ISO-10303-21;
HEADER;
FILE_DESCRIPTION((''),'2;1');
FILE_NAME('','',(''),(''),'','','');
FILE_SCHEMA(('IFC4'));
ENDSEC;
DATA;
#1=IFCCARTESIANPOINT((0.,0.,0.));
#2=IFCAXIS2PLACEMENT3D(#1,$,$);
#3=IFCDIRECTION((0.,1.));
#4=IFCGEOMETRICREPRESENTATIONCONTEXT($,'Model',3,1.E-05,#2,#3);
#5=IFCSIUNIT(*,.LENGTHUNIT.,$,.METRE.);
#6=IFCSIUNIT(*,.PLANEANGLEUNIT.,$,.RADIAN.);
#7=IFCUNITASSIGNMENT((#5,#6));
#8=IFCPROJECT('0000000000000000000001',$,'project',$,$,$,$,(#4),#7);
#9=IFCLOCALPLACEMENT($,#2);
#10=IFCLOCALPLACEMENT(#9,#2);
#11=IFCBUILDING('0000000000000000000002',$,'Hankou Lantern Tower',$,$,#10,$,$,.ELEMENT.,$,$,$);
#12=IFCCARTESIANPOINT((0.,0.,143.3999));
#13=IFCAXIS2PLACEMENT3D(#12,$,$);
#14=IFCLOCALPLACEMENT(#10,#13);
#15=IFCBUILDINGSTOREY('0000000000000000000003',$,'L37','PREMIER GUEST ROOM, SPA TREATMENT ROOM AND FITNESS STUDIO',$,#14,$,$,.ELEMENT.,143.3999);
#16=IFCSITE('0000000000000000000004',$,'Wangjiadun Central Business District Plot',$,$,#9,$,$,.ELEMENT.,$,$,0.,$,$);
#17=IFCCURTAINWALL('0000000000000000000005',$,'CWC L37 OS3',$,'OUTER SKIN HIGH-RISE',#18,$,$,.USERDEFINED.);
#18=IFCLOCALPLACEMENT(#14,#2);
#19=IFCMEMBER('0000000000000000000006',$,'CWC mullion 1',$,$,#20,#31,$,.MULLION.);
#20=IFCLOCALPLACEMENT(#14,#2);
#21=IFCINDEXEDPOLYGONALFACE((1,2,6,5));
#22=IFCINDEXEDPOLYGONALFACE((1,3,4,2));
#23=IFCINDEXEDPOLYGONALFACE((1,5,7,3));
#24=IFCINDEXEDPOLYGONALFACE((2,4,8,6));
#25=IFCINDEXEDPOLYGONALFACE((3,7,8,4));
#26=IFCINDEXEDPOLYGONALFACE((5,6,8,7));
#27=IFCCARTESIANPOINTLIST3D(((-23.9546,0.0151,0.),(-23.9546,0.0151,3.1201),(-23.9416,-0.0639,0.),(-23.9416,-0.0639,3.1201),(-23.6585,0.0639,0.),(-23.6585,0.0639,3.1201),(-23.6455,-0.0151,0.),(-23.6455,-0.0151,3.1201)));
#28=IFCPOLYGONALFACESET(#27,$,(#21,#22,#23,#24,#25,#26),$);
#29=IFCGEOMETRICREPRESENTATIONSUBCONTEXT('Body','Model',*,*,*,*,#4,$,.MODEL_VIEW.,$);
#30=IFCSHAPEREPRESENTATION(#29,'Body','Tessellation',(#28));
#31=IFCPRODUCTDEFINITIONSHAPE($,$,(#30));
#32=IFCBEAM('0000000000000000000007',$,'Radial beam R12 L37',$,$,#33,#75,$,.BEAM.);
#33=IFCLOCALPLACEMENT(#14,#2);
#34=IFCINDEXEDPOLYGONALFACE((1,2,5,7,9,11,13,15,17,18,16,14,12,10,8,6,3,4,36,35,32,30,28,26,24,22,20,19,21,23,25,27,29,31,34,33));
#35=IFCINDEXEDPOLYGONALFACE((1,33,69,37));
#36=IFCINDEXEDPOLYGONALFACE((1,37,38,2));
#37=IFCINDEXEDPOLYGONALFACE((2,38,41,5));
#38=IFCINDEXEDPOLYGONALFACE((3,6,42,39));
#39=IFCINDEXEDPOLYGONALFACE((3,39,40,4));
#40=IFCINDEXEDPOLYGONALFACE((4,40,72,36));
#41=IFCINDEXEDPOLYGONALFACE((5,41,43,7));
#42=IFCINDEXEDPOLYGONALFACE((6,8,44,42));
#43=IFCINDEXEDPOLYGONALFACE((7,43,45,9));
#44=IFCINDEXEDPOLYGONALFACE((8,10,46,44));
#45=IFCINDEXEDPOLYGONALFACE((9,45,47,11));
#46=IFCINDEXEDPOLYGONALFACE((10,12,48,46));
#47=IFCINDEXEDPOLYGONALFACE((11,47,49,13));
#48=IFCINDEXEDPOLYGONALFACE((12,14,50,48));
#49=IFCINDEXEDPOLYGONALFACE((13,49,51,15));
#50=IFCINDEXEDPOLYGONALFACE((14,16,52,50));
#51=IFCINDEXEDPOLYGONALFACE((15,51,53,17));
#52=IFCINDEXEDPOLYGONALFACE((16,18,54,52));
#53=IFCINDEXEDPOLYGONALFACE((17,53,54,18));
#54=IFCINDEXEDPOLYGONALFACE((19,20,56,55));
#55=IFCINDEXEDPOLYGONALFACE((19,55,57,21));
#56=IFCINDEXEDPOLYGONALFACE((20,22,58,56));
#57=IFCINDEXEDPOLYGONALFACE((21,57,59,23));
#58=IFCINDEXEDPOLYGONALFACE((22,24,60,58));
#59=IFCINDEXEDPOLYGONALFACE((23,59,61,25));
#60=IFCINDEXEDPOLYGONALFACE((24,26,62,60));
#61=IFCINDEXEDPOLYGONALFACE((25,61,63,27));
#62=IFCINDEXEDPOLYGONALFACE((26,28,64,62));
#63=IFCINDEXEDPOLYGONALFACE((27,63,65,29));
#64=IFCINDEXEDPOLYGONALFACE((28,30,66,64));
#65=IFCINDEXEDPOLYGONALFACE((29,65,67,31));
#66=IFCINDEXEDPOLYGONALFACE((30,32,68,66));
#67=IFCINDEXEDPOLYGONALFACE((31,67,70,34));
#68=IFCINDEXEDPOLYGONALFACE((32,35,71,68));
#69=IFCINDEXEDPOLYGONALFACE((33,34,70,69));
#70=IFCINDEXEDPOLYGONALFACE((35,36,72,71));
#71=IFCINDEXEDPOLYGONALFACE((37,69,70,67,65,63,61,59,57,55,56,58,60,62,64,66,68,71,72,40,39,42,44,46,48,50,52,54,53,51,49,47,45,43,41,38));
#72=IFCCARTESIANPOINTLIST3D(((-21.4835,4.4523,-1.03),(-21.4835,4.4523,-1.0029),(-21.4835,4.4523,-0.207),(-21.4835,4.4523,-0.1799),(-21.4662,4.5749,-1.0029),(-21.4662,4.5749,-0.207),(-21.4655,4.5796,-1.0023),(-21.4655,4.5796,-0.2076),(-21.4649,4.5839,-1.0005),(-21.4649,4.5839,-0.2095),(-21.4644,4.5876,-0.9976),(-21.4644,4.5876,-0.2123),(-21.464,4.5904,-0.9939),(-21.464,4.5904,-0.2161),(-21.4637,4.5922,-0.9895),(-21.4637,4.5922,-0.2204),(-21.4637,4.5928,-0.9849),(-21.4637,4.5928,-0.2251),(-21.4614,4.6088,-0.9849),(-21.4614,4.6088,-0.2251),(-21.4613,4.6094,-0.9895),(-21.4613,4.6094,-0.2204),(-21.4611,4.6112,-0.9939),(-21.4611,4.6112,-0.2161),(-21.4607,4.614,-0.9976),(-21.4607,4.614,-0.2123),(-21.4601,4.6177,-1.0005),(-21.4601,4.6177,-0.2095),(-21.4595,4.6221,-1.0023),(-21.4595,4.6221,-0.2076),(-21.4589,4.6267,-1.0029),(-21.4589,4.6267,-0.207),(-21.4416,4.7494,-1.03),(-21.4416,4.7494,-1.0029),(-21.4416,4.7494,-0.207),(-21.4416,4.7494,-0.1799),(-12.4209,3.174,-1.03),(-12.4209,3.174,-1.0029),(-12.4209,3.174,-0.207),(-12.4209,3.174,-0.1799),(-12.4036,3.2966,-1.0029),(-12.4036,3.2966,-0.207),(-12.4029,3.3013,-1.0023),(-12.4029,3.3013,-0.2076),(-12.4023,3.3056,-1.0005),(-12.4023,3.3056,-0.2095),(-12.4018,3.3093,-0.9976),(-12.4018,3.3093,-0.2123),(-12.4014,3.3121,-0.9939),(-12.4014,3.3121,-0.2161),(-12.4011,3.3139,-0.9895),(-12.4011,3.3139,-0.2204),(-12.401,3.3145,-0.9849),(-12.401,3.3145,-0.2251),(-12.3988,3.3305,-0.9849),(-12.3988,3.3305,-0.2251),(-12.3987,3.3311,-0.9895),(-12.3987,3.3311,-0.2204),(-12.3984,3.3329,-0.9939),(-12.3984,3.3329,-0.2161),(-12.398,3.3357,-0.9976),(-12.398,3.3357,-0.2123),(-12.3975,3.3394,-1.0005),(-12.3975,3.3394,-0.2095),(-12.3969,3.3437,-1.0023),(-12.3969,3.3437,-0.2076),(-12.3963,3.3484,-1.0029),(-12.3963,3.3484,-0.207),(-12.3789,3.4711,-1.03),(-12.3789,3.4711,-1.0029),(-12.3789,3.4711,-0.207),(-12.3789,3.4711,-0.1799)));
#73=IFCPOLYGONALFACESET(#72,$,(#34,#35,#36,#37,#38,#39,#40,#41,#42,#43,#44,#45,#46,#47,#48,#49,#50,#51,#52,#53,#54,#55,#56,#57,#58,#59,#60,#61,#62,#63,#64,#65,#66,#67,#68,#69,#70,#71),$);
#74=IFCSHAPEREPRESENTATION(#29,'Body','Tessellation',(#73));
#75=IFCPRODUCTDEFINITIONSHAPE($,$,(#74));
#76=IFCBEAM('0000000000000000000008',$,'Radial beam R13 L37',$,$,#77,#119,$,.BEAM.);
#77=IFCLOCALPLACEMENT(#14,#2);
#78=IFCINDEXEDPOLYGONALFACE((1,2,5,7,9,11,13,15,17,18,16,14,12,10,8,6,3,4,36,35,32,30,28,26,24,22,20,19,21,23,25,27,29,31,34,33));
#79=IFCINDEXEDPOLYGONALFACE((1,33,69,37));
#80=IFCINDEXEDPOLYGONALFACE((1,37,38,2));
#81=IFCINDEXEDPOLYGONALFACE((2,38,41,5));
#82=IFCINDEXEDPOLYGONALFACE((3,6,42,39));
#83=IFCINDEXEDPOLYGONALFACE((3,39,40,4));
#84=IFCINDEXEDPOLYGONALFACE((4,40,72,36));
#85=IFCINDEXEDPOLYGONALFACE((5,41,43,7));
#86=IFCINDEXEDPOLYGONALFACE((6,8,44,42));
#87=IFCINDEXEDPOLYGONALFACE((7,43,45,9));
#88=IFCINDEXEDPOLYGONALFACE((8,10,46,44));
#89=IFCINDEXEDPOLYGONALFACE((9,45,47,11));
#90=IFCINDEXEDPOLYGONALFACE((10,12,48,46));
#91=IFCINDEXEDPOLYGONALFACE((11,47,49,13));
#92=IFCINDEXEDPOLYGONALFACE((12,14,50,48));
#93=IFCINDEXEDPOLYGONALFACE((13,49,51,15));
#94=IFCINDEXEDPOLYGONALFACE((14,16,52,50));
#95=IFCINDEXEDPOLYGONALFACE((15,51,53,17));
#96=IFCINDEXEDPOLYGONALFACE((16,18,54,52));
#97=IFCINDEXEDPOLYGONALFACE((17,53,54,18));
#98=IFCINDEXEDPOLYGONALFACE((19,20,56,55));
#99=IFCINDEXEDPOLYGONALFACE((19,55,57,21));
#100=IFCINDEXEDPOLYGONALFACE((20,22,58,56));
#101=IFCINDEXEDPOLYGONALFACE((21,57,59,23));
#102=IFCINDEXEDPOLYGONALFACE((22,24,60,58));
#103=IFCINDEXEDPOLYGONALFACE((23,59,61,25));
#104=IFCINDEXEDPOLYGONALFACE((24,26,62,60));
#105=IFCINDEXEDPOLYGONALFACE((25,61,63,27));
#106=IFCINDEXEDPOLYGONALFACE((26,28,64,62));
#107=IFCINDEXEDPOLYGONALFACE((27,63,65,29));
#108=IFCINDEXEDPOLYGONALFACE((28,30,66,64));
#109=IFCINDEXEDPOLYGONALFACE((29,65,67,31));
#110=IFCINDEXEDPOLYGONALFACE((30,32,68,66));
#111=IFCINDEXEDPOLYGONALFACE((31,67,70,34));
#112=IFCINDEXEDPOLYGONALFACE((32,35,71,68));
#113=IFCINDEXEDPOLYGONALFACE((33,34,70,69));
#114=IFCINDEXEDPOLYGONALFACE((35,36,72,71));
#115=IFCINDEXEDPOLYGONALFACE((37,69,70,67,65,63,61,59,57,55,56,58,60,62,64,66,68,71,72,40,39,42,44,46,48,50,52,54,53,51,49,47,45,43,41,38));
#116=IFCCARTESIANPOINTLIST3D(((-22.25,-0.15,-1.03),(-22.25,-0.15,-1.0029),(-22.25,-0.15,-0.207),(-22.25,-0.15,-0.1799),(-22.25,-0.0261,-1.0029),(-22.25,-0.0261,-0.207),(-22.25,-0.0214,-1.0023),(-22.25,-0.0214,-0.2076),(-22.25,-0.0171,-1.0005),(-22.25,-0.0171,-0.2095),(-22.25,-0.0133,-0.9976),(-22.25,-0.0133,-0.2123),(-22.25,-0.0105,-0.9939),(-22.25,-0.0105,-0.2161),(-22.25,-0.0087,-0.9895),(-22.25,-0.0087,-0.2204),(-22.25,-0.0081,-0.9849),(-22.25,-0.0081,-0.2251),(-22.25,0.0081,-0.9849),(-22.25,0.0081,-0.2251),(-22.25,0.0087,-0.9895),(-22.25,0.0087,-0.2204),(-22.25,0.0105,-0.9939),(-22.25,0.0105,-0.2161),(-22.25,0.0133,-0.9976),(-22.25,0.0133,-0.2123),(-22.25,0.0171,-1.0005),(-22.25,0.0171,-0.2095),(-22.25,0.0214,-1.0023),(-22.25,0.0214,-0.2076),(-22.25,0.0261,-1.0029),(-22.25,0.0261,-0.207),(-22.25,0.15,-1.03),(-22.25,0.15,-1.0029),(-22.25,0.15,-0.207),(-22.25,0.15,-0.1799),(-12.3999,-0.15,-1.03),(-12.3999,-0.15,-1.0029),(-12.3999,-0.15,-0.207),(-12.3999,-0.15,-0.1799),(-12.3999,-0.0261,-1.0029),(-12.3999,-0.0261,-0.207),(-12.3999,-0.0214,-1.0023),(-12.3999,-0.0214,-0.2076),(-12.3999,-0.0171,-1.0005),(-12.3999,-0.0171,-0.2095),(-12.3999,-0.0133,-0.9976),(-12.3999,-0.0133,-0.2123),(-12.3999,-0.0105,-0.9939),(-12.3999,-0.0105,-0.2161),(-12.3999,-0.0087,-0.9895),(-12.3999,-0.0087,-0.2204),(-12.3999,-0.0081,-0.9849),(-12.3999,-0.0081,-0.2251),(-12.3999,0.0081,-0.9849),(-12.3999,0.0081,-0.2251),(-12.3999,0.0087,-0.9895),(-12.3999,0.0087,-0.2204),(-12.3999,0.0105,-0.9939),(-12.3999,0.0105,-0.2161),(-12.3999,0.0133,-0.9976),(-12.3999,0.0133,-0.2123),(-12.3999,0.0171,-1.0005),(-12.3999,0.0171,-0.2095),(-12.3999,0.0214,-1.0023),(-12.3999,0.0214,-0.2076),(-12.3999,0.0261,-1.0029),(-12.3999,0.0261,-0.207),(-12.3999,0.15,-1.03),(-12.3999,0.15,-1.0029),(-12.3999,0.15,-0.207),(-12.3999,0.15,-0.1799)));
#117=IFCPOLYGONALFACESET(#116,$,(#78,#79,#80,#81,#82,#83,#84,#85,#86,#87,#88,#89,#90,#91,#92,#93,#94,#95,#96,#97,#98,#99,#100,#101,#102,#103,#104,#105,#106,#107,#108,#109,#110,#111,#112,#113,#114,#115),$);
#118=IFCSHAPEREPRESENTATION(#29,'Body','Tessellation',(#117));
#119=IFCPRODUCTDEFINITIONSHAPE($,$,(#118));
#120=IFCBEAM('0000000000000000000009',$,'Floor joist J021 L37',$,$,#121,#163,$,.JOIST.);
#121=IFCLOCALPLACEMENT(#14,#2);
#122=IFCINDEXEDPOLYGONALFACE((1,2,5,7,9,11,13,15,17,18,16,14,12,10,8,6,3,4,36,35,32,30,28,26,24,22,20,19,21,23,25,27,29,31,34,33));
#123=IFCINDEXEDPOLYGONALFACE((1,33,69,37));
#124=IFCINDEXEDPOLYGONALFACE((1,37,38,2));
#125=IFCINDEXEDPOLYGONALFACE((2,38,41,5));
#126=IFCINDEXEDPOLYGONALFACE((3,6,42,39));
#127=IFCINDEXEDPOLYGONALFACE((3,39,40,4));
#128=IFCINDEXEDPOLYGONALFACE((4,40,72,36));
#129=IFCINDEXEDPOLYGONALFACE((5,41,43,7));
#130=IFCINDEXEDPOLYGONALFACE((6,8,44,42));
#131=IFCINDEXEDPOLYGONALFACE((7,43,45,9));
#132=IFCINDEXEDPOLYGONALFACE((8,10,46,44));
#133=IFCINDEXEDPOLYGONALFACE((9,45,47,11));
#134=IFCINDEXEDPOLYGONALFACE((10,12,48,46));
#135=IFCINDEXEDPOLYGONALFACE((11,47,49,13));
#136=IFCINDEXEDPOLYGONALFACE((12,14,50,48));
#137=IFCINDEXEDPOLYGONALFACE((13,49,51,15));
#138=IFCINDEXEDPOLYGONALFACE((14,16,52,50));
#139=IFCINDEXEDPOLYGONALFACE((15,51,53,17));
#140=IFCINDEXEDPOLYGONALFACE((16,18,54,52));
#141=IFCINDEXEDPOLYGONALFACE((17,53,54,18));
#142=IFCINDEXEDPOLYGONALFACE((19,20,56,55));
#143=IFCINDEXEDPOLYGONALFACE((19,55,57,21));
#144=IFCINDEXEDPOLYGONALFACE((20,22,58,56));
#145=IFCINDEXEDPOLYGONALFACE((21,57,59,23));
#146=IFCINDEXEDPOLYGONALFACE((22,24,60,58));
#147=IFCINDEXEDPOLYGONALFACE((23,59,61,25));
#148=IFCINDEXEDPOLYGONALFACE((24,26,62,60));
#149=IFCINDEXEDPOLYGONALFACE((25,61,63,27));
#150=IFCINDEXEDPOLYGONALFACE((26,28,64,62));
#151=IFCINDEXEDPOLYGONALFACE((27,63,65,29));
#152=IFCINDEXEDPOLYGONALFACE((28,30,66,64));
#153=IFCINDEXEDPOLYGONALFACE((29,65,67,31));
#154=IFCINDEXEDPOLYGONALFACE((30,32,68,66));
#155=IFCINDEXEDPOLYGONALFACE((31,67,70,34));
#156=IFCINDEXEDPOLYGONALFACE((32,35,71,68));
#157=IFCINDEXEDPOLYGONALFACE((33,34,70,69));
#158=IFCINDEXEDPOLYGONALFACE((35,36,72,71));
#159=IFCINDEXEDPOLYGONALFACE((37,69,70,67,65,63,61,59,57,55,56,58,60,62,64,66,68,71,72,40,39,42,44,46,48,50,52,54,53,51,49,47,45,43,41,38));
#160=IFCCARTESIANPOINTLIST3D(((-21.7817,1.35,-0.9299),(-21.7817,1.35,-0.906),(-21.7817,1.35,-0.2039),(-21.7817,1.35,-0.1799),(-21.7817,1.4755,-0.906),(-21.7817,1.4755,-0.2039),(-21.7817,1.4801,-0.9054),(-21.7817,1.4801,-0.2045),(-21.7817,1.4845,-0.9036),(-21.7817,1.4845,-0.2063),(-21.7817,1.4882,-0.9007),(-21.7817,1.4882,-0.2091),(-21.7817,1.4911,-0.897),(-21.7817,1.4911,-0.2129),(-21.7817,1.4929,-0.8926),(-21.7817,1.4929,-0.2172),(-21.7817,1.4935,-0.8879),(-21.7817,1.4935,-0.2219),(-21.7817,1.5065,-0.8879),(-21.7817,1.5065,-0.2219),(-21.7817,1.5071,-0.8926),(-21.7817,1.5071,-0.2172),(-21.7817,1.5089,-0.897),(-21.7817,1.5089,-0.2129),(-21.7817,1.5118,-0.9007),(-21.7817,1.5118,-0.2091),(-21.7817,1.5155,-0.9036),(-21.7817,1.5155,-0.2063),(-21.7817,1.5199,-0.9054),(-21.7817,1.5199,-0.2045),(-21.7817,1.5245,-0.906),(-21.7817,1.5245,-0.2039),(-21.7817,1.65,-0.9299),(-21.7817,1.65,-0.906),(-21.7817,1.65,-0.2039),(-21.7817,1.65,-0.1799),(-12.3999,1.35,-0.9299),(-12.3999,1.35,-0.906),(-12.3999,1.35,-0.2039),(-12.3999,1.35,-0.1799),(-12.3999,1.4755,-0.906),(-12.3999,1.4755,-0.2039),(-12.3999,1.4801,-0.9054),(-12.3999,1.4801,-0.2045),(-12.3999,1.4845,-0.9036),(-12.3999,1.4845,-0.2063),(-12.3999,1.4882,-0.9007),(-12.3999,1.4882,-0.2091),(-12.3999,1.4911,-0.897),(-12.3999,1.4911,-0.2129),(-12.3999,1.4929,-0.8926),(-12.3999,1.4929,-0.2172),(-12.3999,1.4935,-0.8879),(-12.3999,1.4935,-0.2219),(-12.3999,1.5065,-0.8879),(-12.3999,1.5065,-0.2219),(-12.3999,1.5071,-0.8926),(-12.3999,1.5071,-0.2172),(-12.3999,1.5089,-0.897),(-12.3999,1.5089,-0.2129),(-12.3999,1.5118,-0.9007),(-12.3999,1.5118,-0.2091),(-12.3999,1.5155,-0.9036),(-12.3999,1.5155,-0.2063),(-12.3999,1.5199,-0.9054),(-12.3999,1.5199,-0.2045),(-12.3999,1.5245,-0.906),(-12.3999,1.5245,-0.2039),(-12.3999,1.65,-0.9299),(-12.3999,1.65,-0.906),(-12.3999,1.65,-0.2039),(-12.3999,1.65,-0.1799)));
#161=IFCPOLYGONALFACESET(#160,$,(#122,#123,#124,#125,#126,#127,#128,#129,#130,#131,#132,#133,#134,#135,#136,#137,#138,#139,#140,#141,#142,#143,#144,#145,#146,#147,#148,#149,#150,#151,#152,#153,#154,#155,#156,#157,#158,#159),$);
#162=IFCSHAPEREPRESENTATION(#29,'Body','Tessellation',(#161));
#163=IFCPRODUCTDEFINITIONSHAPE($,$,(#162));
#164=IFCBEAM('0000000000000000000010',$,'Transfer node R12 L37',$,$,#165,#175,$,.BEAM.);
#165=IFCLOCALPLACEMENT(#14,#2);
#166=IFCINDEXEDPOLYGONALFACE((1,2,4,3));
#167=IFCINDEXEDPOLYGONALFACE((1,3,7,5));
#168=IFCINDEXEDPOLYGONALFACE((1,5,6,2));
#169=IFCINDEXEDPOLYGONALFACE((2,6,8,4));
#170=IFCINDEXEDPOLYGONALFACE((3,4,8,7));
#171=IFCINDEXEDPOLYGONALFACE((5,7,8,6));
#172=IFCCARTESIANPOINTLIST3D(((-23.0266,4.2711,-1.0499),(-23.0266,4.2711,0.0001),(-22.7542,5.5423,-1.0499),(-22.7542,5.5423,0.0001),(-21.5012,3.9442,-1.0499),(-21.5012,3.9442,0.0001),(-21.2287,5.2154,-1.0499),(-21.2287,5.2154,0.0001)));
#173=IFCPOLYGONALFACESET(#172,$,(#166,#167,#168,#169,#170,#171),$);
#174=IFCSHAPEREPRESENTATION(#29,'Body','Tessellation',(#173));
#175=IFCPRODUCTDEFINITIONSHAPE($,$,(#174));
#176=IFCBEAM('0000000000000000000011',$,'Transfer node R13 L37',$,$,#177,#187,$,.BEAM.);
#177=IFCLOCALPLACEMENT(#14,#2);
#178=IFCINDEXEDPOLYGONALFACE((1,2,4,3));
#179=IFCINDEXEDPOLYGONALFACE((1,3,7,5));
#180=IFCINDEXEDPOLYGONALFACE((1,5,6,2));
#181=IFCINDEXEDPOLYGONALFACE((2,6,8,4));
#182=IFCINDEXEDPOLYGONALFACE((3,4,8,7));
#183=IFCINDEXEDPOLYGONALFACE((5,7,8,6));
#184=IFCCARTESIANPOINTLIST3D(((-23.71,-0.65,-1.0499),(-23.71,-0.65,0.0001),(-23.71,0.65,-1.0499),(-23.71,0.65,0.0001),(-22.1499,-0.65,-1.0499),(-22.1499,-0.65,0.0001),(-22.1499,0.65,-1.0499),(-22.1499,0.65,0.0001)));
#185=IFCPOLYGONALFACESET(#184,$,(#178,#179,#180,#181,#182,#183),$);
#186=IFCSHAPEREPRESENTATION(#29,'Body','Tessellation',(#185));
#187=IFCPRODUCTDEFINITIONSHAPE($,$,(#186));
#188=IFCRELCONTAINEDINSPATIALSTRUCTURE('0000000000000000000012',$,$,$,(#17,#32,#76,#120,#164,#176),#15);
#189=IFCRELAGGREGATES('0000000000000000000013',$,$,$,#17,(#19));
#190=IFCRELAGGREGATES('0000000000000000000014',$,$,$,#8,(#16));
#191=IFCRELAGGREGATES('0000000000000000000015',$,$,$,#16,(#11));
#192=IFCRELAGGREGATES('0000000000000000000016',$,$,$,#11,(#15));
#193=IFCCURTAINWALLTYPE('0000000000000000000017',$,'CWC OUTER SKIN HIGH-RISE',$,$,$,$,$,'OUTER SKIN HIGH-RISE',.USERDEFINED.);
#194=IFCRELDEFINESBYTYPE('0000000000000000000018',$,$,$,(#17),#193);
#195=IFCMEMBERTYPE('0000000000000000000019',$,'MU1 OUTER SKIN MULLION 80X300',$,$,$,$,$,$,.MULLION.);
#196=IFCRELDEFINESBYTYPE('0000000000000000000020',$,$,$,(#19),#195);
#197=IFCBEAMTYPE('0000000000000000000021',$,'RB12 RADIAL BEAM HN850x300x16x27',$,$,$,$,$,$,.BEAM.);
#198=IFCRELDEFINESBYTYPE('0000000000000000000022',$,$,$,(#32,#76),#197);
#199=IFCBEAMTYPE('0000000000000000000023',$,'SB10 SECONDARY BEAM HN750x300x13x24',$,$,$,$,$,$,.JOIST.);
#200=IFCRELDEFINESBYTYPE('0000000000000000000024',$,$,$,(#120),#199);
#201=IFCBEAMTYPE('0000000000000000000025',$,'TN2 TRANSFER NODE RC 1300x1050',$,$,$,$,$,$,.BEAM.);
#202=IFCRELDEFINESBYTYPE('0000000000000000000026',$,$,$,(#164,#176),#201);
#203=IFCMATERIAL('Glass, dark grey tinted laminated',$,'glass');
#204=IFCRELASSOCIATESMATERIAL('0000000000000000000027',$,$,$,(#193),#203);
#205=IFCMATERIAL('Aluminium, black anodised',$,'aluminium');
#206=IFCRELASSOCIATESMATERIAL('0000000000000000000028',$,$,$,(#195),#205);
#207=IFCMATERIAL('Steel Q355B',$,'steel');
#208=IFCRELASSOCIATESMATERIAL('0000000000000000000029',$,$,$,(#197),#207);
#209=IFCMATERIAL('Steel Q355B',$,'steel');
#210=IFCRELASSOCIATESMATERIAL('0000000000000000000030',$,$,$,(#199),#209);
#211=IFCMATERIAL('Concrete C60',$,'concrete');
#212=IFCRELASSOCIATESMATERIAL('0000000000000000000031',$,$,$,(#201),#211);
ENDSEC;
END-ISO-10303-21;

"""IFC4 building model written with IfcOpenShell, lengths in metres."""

from ifc_helpers import new_model, si_unit, direction, frame, origin, origin_2d, place, context, subcontext, project, spatial, rectangle, i_section, extrude, material, material_profile, profile_set, type_object, element, aggregate, save


model = new_model("IFC4")

# Units and contexts
model_context = context("Model", 3, precision=1e-05, world=origin(), true_north=direction((0.0, 1.0)))
body_context = subcontext(model_context, "Body", "Model", "MODEL_VIEW")
ifc_project = project(units=[si_unit("LENGTHUNIT", "METRE"), si_unit("PLANEANGLEUNIT", "RADIAN")], contexts=[model_context])

# Site, building, storey
site_placement = place(None, origin())
site = spatial("IfcSite", under=ifc_project, at=site_placement, Name="Wangjiadun Central Business District Plot", CompositionType="ELEMENT", RefElevation=0.0)
building_placement = place(site_placement, origin())
building = spatial("IfcBuilding", under=site, at=building_placement, Name="Hankou Lantern Tower", CompositionType="ELEMENT")
storey_placement = place(building_placement, frame((0.0, 0.0, 143.3999)))
storey = spatial("IfcBuildingStorey", under=building, at=storey_placement, Name="L37", Description="PREMIER GUEST ROOM, SPA TREATMENT ROOM AND FITNESS STUDIO", CompositionType="ELEMENT", Elevation=143.3999)

# Curtain wall, member
ifc_material_1 = material(Name="Glass, dark grey tinted laminated", Category="glass")
curtain_wall_type = type_object("IfcCurtainWallType", Name="CWC OUTER SKIN HIGH-RISE", ElementType="OUTER SKIN HIGH-RISE", PredefinedType="USERDEFINED", material=ifc_material_1)
curtain_wall_1_placement = place(storey_placement, origin())
curtain_wall_1 = element("IfcCurtainWall", 1, at=curtain_wall_1_placement, inside=storey, type_object=curtain_wall_type, Name="CWC L37 OS3", ObjectType="OUTER SKIN HIGH-RISE", PredefinedType="USERDEFINED")
ifc_material_2 = material(Name="Aluminium, black anodised", Category="aluminium")
ifc_material_profile_1 = material_profile(ifc_material_2, rectangle(XDim=0.0801, YDim=0.3, at=origin_2d()), Name="MU1 80X300")
ifc_profile_set_1 = profile_set([ifc_material_profile_1], Name="Aluminium, black anodised")
member_type_1 = type_object("IfcMemberType", Name="MU1 OUTER SKIN MULLION 80X300", PredefinedType="MULLION", material=ifc_profile_set_1)
member_1_placement = place(storey_placement, frame((-23.8, 0.0, 0.0), z_axis=(0.0, 0.0, 1.0), x_axis=(0.162382, -0.986728, 0.0)))
member_1 = element("IfcMember", 2, at=member_1_placement, type_object=member_type_1, Name="CWC mullion 1", PredefinedType="MULLION", context=body_context, shape_type="SweptSolid", body=[
    extrude(rectangle(XDim=0.0801, YDim=0.3, at=origin_2d()), origin(), (0.0, 0.0, 1.0), 3.1201),
])

# Beams
ifc_material_3 = material(Name="Steel Q355B", Category="steel")
ifc_material_profile_2 = material_profile(ifc_material_3, i_section(OverallWidth=0.3, OverallDepth=0.8501, WebThickness=0.0161, FlangeThickness=0.0271, FilletRadius=0.0181, at=origin_2d()), Name="HN850x300x16x27")
ifc_profile_set_2 = profile_set([ifc_material_profile_2], Name="Steel Q355B")
beam_type_1 = type_object("IfcBeamType", Name="RB12 RADIAL BEAM HN850x300x16x27", PredefinedType="BEAM", material=ifc_profile_set_2)
beam_1_placement = place(storey_placement, frame((-12.3999, 3.3225, -0.605), z_axis=(-0.990198, 0.13967, 0.0), x_axis=(-0.13967, -0.990198, 0.0)))
element("IfcBeam", 3, at=beam_1_placement, inside=storey, type_object=beam_type_1, Name="Radial beam R12 L37", PredefinedType="BEAM", context=body_context, shape_type="SweptSolid", body=[
    extrude(i_section(OverallWidth=0.3, OverallDepth=0.8501, WebThickness=0.0161, FlangeThickness=0.0271, FilletRadius=0.0181, at=origin_2d()), origin(), (0.0, 0.0, 1.0), 9.1523),
])
beam_2_placement = place(storey_placement, frame((-12.3999, 0.0, -0.605), z_axis=(-1.0, 0.0, 0.0), x_axis=(0.0, -1.0, 0.0)))
element("IfcBeam", 4, at=beam_2_placement, inside=storey, type_object=beam_type_1, Name="Radial beam R13 L37", PredefinedType="BEAM", context=body_context, shape_type="SweptSolid", body=[
    extrude(i_section(OverallWidth=0.3, OverallDepth=0.8501, WebThickness=0.0161, FlangeThickness=0.0271, FilletRadius=0.0181, at=origin_2d()), origin(), (0.0, 0.0, 1.0), 9.8501),
])
ifc_material_4 = material(Name="Steel Q355B", Category="steel")
ifc_material_profile_3 = material_profile(ifc_material_4, i_section(OverallWidth=0.3, OverallDepth=0.75, WebThickness=0.0129, FlangeThickness=0.0239, FilletRadius=0.0181, at=origin_2d()), Name="HN750x300x13x24")
ifc_profile_set_3 = profile_set([ifc_material_profile_3], Name="Steel Q355B")
beam_type_2 = type_object("IfcBeamType", Name="SB10 SECONDARY BEAM HN750x300x13x24", PredefinedType="JOIST", material=ifc_profile_set_3)
beam_3_placement = place(storey_placement, frame((-21.7817, 1.5, -0.5549), z_axis=(1.0, 0.0, 0.0), x_axis=(0.0, 1.0, 0.0)))
element("IfcBeam", 5, at=beam_3_placement, inside=storey, type_object=beam_type_2, Name="Floor joist J021 L37", PredefinedType="JOIST", context=body_context, shape_type="SweptSolid", body=[
    extrude(i_section(OverallWidth=0.3, OverallDepth=0.75, WebThickness=0.0129, FlangeThickness=0.0239, FilletRadius=0.0181, at=origin_2d()), origin(), (0.0, 0.0, 1.0), 9.3818),
])
ifc_material_5 = material(Name="Concrete C60", Category="concrete")
ifc_material_profile_4 = material_profile(ifc_material_5, rectangle(XDim=1.3, YDim=1.05, at=origin_2d()), Name="RC 1300x1050")
ifc_profile_set_4 = profile_set([ifc_material_profile_4], Name="Concrete C60")
beam_type_3 = type_object("IfcBeamType", Name="TN2 TRANSFER NODE RC 1300x1050", PredefinedType="BEAM", material=ifc_profile_set_4)
for number, where, z_axis, x_axis, name in (
    (6, (-22.8904, 4.9067, -0.5249), (0.977798, -0.20955, 0.0), (0.20955, 0.977798, 0.0), "Transfer node R12 L37"),
    (7, (-23.71, 0.0, -0.5249), (1.0, 0.0, 0.0), (0.0, 1.0, 0.0), "Transfer node R13 L37"),
):
    element("IfcBeam", number, at=place(storey_placement, frame(where, z_axis=z_axis, x_axis=x_axis)), inside=storey, type_object=beam_type_3, Name=name, PredefinedType="BEAM", context=body_context, shape_type="SweptSolid", body=[
        extrude(rectangle(XDim=1.3, YDim=1.05, at=origin_2d()), origin(), (0.0, 0.0, 1.0), 1.5601),
    ])

aggregate(curtain_wall_1, [member_1])

save(model, "model.ifc")
